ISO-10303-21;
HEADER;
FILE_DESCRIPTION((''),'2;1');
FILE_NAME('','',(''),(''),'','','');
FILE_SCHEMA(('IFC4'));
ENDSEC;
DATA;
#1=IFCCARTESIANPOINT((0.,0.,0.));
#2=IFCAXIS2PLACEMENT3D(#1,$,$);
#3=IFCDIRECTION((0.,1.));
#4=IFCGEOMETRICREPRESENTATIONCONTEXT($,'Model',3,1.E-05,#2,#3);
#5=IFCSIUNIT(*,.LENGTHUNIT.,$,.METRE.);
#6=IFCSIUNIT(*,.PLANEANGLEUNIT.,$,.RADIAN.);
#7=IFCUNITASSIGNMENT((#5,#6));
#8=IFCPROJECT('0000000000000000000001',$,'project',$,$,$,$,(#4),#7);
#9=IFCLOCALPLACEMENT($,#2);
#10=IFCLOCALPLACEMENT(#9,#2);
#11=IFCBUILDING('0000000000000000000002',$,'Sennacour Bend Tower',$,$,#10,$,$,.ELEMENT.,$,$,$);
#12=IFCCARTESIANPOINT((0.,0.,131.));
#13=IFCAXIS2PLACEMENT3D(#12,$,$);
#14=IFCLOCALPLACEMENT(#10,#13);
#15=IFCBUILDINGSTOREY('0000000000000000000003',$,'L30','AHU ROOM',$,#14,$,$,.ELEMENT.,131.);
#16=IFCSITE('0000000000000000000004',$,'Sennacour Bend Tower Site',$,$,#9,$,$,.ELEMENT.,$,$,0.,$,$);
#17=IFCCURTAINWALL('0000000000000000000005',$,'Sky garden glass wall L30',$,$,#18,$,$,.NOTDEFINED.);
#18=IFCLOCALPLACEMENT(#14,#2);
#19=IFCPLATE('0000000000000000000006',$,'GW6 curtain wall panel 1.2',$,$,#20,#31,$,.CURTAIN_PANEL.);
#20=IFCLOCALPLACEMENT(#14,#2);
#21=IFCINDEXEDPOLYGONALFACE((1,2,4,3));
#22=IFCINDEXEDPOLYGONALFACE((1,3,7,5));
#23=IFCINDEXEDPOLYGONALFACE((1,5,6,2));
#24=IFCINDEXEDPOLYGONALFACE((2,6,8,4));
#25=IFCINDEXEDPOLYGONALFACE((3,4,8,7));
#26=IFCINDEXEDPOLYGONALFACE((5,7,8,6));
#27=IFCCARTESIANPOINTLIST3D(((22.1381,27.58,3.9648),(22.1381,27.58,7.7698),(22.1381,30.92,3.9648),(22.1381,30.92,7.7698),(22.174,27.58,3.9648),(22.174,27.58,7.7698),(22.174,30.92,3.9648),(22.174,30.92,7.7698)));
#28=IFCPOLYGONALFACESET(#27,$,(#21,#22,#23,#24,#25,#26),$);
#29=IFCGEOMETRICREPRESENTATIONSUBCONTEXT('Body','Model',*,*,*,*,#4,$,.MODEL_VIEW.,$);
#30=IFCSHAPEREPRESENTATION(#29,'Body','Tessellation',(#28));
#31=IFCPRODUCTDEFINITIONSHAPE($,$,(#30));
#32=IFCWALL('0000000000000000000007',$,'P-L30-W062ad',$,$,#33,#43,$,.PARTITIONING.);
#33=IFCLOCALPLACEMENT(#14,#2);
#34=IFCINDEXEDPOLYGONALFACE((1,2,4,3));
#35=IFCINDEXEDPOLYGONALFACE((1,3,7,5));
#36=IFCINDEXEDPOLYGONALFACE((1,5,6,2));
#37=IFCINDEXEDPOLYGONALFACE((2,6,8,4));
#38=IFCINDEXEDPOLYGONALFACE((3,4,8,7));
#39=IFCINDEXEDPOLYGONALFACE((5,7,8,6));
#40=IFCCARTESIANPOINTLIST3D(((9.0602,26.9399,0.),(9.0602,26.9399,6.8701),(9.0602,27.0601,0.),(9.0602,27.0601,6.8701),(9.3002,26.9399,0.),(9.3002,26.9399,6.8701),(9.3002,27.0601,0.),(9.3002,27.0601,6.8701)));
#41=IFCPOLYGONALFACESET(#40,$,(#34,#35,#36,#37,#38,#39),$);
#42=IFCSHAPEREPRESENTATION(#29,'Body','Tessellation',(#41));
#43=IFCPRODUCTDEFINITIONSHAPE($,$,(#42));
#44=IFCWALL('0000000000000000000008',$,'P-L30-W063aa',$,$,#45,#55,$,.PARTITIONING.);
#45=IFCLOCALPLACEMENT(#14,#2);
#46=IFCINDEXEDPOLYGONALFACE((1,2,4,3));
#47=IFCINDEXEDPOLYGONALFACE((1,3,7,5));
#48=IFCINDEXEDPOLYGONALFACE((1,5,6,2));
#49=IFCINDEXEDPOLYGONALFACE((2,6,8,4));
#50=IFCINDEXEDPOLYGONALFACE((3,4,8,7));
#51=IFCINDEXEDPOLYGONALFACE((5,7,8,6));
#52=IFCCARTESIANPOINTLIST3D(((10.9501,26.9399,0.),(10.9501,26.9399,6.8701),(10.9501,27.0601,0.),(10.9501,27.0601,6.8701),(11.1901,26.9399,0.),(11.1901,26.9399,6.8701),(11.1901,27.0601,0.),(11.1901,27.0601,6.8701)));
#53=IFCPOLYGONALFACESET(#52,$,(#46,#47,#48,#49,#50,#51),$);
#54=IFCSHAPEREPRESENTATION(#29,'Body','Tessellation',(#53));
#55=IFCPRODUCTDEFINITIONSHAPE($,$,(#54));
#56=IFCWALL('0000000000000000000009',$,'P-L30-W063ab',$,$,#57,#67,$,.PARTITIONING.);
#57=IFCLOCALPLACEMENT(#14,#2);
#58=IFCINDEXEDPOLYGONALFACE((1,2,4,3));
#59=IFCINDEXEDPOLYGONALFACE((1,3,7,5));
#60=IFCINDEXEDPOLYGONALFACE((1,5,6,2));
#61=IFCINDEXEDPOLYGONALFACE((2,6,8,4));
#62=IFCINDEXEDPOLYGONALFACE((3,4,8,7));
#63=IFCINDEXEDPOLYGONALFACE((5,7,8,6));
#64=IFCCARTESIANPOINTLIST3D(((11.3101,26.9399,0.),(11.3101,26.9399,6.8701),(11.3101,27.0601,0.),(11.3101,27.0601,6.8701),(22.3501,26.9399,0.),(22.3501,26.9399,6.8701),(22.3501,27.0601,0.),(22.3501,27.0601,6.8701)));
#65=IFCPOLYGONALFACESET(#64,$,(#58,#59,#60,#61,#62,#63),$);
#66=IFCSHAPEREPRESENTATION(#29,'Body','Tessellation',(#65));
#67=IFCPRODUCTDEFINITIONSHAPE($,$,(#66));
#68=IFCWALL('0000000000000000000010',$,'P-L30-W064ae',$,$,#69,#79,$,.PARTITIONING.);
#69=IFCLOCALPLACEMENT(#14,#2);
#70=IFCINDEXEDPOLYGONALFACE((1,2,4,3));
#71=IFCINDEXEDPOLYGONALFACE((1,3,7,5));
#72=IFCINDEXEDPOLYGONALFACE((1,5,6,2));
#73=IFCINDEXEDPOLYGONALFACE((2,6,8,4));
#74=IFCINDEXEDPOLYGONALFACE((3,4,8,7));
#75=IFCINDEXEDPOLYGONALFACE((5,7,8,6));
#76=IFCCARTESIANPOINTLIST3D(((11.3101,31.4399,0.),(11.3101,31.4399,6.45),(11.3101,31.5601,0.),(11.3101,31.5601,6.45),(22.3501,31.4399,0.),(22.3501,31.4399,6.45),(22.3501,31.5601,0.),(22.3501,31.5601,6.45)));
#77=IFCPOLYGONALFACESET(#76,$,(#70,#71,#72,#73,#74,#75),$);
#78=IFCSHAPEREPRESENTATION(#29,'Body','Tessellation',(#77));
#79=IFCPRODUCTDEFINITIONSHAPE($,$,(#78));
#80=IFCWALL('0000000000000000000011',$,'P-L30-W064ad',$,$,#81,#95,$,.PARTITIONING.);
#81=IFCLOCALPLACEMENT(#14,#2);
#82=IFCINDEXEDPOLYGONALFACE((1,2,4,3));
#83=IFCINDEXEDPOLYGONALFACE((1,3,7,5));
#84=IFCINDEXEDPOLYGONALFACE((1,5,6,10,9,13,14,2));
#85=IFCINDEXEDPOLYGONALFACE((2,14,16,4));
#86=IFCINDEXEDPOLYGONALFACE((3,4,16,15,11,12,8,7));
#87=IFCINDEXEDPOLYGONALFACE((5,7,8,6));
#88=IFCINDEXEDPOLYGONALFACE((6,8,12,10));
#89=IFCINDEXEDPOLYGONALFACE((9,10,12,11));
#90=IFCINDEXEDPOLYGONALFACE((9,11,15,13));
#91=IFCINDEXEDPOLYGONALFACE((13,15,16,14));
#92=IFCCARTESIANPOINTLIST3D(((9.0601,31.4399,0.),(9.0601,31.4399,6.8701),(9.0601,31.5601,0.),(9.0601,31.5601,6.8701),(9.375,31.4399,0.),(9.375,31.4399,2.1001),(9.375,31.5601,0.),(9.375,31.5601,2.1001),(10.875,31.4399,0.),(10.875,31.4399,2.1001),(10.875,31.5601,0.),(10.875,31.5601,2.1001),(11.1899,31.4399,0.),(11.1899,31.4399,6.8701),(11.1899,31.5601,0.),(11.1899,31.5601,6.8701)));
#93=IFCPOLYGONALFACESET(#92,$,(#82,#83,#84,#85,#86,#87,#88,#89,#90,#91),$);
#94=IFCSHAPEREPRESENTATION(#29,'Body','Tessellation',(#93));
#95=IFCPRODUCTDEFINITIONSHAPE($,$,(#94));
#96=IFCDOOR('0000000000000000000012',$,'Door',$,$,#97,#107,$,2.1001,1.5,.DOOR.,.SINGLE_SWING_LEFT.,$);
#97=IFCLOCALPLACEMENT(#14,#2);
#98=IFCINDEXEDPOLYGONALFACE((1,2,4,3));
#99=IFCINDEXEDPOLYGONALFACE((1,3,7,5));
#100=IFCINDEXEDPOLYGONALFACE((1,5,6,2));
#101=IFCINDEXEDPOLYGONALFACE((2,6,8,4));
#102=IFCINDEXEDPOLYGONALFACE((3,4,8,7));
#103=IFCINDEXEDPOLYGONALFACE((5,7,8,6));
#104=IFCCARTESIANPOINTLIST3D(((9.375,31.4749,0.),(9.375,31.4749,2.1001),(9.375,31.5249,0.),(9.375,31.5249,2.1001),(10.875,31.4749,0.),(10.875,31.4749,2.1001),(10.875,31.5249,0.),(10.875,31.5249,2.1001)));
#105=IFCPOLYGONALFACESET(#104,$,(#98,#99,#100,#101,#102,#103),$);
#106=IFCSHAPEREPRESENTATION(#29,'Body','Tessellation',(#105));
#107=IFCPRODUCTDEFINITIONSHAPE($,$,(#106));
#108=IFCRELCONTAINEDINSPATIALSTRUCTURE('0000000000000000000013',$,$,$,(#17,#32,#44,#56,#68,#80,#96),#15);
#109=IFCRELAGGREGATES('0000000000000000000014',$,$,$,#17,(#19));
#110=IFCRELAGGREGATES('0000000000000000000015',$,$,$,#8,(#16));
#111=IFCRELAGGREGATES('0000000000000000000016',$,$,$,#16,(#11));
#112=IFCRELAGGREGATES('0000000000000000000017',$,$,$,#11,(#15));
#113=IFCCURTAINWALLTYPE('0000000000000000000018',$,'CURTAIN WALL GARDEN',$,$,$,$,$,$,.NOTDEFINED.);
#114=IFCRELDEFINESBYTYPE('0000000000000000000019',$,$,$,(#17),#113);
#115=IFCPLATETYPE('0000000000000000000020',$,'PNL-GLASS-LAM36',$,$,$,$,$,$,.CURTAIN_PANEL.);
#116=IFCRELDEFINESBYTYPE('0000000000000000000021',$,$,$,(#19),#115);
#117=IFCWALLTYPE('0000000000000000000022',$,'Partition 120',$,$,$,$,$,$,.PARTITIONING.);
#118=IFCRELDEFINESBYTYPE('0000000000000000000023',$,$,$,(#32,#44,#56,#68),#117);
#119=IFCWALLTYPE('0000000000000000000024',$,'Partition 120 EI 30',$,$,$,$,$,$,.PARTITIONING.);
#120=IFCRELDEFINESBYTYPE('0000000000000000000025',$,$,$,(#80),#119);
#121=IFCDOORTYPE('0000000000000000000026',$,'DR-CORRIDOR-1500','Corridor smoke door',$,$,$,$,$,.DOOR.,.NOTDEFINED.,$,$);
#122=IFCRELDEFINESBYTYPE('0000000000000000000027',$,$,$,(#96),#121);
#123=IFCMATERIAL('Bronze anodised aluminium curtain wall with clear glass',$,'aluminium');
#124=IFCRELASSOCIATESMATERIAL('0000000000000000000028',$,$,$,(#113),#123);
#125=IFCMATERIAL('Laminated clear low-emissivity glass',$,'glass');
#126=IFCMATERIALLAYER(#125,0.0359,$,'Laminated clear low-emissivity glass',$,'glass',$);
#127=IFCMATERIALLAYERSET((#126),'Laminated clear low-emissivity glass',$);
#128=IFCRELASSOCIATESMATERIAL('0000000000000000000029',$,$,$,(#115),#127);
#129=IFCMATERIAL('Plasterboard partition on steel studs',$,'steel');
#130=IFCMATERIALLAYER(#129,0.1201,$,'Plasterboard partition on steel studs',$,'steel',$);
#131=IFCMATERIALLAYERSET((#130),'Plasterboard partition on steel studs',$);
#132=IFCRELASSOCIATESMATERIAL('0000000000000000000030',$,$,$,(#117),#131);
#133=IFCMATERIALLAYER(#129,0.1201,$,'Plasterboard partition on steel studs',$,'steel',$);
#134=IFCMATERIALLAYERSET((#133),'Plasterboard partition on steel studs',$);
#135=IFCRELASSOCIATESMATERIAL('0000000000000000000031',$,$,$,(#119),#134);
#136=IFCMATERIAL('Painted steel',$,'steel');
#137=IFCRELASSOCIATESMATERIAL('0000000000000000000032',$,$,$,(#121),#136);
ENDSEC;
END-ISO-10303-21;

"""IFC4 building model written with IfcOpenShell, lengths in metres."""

from ifc_helpers import new_model, si_unit, direction, frame, frame_2d, origin, origin_2d, place, context, subcontext, project, spatial, rectangle, extrude, material, layer, layer_set, type_object, element, fill, aggregate, save


model = new_model("IFC4")

# Units and contexts
model_context = context("Model", 3, precision=1e-05, world=origin(), true_north=direction((0.0, 1.0)))
body_context = subcontext(model_context, "Body", "Model", "MODEL_VIEW")
ifc_project = project(units=[si_unit("LENGTHUNIT", "METRE"), si_unit("PLANEANGLEUNIT", "RADIAN")], contexts=[model_context])

# Site, building, storey
site_placement = place(None, origin())
site = spatial("IfcSite", under=ifc_project, at=site_placement, Name="Sennacour Bend Tower Site", CompositionType="ELEMENT", RefElevation=0.0)
building_placement = place(site_placement, origin())
building = spatial("IfcBuilding", under=site, at=building_placement, Name="Sennacour Bend Tower", CompositionType="ELEMENT")
storey_placement = place(building_placement, frame((0.0, 0.0, 131.0)))
storey = spatial("IfcBuildingStorey", under=building, at=storey_placement, Name="L30", Description="AHU ROOM", CompositionType="ELEMENT", Elevation=131.0)

# Curtain wall
ifc_material_1 = material(Name="Bronze anodised aluminium curtain wall with clear glass", Category="aluminium")
curtain_wall_type = type_object("IfcCurtainWallType", Name="CURTAIN WALL GARDEN", PredefinedType="NOTDEFINED", material=ifc_material_1)
curtain_wall_1_placement = place(storey_placement, origin())
curtain_wall_1 = element("IfcCurtainWall", 1, at=curtain_wall_1_placement, inside=storey, type_object=curtain_wall_type, Name="Sky garden glass wall L30", PredefinedType="NOTDEFINED")

# Plate
ifc_material_2 = material(Name="Laminated clear low-emissivity glass", Category="glass")
ifc_layer_1 = layer(ifc_material_2, 0.0359, Name="Laminated clear low-emissivity glass", Category="glass")
ifc_layer_set_1 = layer_set([ifc_layer_1], Name="Laminated clear low-emissivity glass")
plate_type_1 = type_object("IfcPlateType", Name="PNL-GLASS-LAM36", PredefinedType="CURTAIN_PANEL", material=ifc_layer_set_1)
plate_1_placement = place(storey_placement, frame((22.156, 29.25, 3.9648), z_axis=(0.0, 0.0, 1.0), x_axis=(0.0, -1.0, 0.0)))
plate_1 = element("IfcPlate", 2, at=plate_1_placement, type_object=plate_type_1, Name="GW6 curtain wall panel 1.2", PredefinedType="CURTAIN_PANEL", context=body_context, shape_type="SweptSolid", body=[
    extrude(rectangle(XDim=3.3401, YDim=0.0359, at=origin_2d()), origin(), (0.0, 0.0, 1.0), 3.8049),
])
aggregate(curtain_wall_1, [plate_1])

# Walls
ifc_material_3 = material(Name="Plasterboard partition on steel studs", Category="steel")
ifc_layer_2 = layer(ifc_material_3, 0.1201, Name="Plasterboard partition on steel studs", Category="steel")
ifc_layer_set_2 = layer_set([ifc_layer_2], Name="Plasterboard partition on steel studs")
wall_type_1 = type_object("IfcWallType", Name="Partition 120", PredefinedType="PARTITIONING", material=ifc_layer_set_2)
for number, where, z_axis, x_axis, name in (
    (3, (9.0601, 27.0, 0.0), (0.0, 0.0, 1.0), (1.0, 0.0, 0.0), "P-L30-W062ad"),
    (4, (10.95, 27.0, 0.0), (0.0, 0.0, 1.0), (1.0, 0.0, 0.0), "P-L30-W063aa"),
):
    element("IfcWall", number, at=place(storey_placement, frame(where, z_axis=z_axis, x_axis=x_axis)), inside=storey, type_object=wall_type_1, Name=name, PredefinedType="PARTITIONING", context=body_context, shape_type="SweptSolid", body=[
        extrude(rectangle(XDim=0.24, YDim=0.1201, at=frame_2d((0.1201, 0.0))), origin(), (0.0, 0.0, 1.0), 6.8701),
    ])
wall_1_placement = place(storey_placement, frame((11.3101, 27.0, 0.0), z_axis=(0.0, 0.0, 1.0), x_axis=(1.0, 0.0, 0.0)))
element("IfcWall", 5, at=wall_1_placement, inside=storey, type_object=wall_type_1, Name="P-L30-W063ab", PredefinedType="PARTITIONING", context=body_context, shape_type="SweptSolid", body=[
    extrude(rectangle(XDim=11.04, YDim=0.1201, at=frame_2d((5.52, 0.0))), origin(), (0.0, 0.0, 1.0), 6.8701),
])
wall_2_placement = place(storey_placement, frame((11.3101, 31.5, 0.0), z_axis=(0.0, 0.0, 1.0), x_axis=(1.0, 0.0, 0.0)))
element("IfcWall", 6, at=wall_2_placement, inside=storey, type_object=wall_type_1, Name="P-L30-W064ae", PredefinedType="PARTITIONING", context=body_context, shape_type="SweptSolid", body=[
    extrude(rectangle(XDim=11.04, YDim=0.1201, at=frame_2d((5.52, 0.0))), origin(), (0.0, 0.0, 1.0), 6.45),
])

# Wall, opening, door
ifc_layer_3 = layer(ifc_material_3, 0.1201, Name="Plasterboard partition on steel studs", Category="steel")
ifc_layer_set_3 = layer_set([ifc_layer_3], Name="Plasterboard partition on steel studs")
wall_type_2 = type_object("IfcWallType", Name="Partition 120 EI 30", PredefinedType="PARTITIONING", material=ifc_layer_set_3)
wall_3_placement = place(storey_placement, frame((9.0601, 31.5, 0.0), z_axis=(0.0, 0.0, 1.0), x_axis=(1.0, 0.0, 0.0)))
wall_3 = element("IfcWall", 7, at=wall_3_placement, inside=storey, type_object=wall_type_2, Name="P-L30-W064ad", PredefinedType="PARTITIONING", context=body_context, shape_type="SweptSolid", body=[
    extrude(rectangle(XDim=2.1299, YDim=0.1201, at=frame_2d((1.0649, 0.0))), origin(), (0.0, 0.0, 1.0), 6.8701),
])
opening_placement = place(wall_3_placement, frame((0.3149, 0.0, 0.0)))
opening = element("IfcOpeningElement", 8, at=opening_placement, cuts=wall_3, PredefinedType="OPENING", context=body_context, shape_type="SweptSolid", body=[
    extrude(rectangle(XDim=1.5, YDim=2.1001, at=frame_2d((0.75, 1.05))), frame((0.0, 0.0701, 0.0), z_axis=(0.0, -1.0, 0.0), x_axis=(1.0, 0.0, 0.0)), (0.0, 0.0, 1.0), 0.1401),
])
ifc_material_4 = material(Name="Painted steel", Category="steel")
door_type = type_object("IfcDoorType", Name="DR-CORRIDOR-1500", Description="Corridor smoke door", OperationType="NOTDEFINED", PredefinedType="DOOR", material=ifc_material_4)
door_placement = place(opening_placement, origin())
door = element("IfcDoor", 9, at=door_placement, inside=storey, type_object=door_type, Name="Door", OperationType="SINGLE_SWING_LEFT", OverallHeight=2.1001, OverallWidth=1.5, PredefinedType="DOOR", context=body_context, shape_type="SweptSolid", body=[
    extrude(rectangle(XDim=1.5, YDim=2.1001, at=frame_2d((0.75, 1.05))), frame((0.0, 0.0249, 0.0), z_axis=(0.0, -1.0, 0.0), x_axis=(1.0, 0.0, 0.0)), (0.0, 0.0, 1.0), 0.05),
])
fill(opening, door)

save(model, "model.ifc")
